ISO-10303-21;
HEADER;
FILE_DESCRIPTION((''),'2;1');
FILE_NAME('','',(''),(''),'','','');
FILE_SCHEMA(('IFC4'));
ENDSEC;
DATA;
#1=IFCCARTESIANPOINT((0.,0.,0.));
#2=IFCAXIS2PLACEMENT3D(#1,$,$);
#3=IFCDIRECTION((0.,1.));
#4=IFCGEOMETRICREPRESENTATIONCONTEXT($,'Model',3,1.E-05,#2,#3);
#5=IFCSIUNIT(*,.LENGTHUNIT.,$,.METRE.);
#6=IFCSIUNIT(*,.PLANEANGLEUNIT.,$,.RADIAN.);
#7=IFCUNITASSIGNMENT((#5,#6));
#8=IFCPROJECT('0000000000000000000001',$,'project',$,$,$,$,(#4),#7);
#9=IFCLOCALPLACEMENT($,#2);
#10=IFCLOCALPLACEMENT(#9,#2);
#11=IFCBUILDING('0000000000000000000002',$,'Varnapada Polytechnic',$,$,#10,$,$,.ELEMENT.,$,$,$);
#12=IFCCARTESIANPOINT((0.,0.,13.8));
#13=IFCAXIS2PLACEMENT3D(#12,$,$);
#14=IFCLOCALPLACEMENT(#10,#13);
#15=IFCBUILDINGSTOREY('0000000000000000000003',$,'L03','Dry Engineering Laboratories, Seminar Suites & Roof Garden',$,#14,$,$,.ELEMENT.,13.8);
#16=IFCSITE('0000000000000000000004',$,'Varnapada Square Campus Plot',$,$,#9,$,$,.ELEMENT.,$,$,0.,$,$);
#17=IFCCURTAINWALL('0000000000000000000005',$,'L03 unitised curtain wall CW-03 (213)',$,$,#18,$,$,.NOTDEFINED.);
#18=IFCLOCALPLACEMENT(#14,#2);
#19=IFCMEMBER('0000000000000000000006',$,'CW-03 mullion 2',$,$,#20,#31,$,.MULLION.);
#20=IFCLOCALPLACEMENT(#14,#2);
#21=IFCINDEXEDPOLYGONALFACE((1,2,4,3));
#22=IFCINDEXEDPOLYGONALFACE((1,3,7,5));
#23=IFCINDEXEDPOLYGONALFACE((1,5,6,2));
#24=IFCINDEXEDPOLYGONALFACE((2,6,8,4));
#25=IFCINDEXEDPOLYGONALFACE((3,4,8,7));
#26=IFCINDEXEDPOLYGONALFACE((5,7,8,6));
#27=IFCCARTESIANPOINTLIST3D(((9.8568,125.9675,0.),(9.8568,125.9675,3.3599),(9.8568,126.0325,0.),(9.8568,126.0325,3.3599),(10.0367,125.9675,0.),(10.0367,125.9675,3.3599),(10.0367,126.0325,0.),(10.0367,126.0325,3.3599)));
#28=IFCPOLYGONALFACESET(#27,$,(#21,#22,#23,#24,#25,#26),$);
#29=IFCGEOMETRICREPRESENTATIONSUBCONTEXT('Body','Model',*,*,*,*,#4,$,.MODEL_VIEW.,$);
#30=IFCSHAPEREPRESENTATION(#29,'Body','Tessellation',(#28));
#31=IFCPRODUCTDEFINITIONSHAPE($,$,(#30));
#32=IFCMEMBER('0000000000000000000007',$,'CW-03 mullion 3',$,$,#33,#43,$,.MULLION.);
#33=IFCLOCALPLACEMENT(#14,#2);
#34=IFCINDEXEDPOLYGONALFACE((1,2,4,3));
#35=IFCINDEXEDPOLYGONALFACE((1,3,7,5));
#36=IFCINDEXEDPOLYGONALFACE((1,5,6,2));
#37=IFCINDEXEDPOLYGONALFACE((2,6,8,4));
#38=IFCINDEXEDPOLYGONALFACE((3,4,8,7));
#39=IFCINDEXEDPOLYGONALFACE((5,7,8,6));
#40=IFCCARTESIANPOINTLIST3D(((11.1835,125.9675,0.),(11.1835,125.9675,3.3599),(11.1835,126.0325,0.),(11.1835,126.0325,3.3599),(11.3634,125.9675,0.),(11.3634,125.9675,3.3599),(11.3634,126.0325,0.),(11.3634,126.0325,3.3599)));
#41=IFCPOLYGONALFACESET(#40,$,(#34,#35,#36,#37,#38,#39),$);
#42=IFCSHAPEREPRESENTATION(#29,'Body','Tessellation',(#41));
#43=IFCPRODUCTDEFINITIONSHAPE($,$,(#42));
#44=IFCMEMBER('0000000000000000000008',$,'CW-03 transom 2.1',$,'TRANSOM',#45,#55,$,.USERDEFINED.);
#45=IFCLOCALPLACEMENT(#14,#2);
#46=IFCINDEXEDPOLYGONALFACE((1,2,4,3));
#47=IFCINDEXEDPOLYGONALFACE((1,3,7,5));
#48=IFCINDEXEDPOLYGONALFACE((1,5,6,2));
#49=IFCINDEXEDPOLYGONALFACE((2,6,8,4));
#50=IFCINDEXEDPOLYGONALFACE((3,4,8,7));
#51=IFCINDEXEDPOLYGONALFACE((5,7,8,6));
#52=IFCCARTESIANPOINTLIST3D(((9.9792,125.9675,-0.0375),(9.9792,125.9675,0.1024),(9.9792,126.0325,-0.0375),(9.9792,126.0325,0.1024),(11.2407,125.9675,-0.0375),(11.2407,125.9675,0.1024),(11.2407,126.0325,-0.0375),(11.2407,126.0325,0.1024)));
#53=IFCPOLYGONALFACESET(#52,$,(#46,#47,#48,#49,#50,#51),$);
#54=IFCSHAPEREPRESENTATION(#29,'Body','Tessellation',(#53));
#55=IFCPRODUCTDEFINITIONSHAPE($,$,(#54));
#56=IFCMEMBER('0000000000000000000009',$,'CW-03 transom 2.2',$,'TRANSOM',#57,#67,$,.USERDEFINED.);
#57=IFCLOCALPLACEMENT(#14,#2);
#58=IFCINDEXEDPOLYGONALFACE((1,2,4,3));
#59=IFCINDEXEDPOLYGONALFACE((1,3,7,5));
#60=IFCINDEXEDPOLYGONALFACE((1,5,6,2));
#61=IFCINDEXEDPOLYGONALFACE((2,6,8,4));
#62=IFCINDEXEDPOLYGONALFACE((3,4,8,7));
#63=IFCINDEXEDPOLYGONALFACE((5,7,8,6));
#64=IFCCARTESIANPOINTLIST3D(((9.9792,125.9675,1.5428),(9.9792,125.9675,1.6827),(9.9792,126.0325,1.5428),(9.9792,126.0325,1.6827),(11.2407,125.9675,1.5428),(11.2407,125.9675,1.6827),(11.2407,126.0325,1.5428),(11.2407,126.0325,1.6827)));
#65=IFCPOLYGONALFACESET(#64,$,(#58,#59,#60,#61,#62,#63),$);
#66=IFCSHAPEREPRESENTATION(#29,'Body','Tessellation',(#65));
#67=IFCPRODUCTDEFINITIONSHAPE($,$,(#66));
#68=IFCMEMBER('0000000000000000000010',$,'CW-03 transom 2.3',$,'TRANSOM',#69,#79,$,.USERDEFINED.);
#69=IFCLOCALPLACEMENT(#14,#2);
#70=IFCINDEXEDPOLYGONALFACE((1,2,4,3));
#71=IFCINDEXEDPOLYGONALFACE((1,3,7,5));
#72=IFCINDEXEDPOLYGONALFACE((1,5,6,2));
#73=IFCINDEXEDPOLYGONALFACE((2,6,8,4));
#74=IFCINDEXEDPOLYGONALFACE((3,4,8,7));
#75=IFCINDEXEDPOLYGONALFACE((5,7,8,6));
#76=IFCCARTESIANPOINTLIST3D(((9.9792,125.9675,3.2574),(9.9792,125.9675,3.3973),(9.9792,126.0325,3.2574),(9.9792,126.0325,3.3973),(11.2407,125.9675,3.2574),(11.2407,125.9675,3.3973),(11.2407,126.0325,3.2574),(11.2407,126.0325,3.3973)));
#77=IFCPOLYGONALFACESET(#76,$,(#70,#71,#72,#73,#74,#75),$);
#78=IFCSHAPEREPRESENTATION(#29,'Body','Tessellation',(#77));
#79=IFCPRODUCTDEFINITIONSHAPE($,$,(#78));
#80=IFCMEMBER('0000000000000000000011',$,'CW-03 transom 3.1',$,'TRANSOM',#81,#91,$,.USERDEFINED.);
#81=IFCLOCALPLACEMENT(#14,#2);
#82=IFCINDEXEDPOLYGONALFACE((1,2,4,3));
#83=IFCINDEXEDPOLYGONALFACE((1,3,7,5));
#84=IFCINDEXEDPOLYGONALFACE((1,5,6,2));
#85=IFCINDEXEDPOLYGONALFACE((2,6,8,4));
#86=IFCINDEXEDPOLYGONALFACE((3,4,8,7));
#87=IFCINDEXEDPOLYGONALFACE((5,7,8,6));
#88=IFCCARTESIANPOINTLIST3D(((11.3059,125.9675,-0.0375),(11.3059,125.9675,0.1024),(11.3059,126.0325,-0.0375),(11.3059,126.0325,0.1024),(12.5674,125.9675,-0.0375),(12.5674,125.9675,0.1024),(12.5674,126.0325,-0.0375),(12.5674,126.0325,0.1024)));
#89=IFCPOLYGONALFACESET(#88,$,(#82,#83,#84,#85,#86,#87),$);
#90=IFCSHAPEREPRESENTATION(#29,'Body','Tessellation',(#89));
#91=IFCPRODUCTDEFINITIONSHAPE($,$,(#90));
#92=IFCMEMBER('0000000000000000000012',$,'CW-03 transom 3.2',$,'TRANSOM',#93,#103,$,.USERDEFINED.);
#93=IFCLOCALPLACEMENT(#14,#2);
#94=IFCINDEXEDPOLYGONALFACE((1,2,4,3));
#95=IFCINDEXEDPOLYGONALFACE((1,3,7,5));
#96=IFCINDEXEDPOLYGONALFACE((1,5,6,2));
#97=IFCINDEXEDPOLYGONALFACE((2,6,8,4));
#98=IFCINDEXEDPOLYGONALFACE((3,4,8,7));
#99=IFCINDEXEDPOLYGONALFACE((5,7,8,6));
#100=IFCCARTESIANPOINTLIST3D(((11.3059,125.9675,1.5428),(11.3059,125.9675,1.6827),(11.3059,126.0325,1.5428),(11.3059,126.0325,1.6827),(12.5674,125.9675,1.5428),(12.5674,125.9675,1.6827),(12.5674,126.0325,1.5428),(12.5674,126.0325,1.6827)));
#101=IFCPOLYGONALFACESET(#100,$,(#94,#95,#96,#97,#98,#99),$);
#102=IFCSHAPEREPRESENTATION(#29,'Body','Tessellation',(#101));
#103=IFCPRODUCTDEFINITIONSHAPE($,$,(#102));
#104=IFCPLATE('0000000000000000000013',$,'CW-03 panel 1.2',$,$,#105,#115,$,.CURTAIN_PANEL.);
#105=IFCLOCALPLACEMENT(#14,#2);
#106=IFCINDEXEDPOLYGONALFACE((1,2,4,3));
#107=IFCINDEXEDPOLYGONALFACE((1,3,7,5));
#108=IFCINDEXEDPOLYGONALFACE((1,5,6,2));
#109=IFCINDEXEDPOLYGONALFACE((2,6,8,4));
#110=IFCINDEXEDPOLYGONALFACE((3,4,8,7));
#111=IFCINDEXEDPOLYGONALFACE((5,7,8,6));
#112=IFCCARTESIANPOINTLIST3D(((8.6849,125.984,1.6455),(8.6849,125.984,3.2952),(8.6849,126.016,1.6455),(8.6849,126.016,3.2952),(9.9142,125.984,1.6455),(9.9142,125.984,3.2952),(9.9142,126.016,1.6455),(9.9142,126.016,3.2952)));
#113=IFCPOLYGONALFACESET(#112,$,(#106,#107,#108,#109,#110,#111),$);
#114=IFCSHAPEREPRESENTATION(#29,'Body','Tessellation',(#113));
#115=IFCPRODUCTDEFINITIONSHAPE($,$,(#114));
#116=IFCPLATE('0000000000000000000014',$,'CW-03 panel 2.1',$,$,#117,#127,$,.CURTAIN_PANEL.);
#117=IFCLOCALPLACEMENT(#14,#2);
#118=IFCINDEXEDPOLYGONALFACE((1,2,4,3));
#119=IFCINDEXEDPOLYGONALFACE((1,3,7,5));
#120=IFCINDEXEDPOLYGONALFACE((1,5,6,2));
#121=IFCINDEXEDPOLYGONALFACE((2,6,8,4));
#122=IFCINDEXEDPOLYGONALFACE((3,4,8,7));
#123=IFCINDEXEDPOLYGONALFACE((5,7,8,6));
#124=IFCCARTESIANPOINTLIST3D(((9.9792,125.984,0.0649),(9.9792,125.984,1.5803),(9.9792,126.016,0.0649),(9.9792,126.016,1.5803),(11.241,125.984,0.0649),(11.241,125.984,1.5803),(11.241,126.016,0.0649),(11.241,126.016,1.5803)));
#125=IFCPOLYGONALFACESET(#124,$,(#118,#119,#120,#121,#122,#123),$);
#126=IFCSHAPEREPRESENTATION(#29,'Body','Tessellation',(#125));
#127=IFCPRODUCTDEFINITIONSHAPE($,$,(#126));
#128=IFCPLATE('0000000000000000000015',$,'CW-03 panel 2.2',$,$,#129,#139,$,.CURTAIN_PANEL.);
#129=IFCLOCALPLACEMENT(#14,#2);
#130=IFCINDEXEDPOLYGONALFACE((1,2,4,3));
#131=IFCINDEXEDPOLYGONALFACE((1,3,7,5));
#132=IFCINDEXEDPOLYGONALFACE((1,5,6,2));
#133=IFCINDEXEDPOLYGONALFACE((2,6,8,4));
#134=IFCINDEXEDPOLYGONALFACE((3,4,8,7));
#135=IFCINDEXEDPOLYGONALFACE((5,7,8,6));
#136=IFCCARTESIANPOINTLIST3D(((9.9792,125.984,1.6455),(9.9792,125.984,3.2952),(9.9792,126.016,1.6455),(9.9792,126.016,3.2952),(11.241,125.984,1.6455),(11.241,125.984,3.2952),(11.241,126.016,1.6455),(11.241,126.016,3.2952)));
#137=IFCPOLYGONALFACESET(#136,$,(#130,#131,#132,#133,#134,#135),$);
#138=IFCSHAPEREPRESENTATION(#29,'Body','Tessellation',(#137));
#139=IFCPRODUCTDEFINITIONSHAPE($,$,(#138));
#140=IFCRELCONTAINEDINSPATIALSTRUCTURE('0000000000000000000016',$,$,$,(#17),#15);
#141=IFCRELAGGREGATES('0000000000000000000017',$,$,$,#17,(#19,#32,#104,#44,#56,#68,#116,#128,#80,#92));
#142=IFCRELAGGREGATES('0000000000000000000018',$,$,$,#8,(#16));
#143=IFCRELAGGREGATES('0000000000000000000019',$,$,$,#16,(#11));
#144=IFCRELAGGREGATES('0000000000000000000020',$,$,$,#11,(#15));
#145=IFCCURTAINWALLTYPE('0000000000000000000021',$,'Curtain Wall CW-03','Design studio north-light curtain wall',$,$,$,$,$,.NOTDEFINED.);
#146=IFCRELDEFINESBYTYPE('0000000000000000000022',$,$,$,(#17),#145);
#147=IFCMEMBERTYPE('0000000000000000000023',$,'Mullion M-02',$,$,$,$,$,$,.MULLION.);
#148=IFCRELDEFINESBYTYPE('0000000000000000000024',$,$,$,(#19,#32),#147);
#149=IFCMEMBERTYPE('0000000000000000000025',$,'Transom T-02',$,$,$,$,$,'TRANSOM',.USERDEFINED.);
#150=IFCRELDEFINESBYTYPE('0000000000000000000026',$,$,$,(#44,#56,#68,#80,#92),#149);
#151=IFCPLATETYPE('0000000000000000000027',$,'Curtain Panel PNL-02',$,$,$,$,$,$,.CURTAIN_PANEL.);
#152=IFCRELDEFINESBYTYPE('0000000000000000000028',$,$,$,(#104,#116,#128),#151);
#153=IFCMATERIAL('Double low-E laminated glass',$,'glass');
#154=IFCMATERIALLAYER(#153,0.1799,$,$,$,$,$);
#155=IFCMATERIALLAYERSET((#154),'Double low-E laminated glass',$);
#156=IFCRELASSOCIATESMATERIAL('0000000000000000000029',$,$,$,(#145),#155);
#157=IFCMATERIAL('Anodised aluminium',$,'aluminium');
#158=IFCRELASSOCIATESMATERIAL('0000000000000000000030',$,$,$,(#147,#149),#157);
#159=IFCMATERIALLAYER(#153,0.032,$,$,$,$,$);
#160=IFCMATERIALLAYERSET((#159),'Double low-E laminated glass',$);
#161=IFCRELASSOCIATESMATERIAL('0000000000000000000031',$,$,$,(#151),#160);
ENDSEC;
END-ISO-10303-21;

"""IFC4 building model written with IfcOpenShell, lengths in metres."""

from ifc_helpers import new_model, si_unit, direction, frame, origin, origin_2d, place, context, subcontext, project, spatial, rectangle, extrude, material, layer, layer_set, material_profile, profile_set, type_object, element, aggregate, save


model = new_model("IFC4")

# Units and contexts
model_context = context("Model", 3, precision=1e-05, world=origin(), true_north=direction((0.0, 1.0)))
body_context = subcontext(model_context, "Body", "Model", "MODEL_VIEW")
ifc_project = project(units=[si_unit("LENGTHUNIT", "METRE"), si_unit("PLANEANGLEUNIT", "RADIAN")], contexts=[model_context])

# Site, building, storey
site_placement = place(None, origin())
site = spatial("IfcSite", under=ifc_project, at=site_placement, Name="Varnapada Square Campus Plot", CompositionType="ELEMENT", RefElevation=0.0)
building_placement = place(site_placement, origin())
building = spatial("IfcBuilding", under=site, at=building_placement, Name="Varnapada Polytechnic", CompositionType="ELEMENT")
storey_placement = place(building_placement, frame((0.0, 0.0, 13.8)))
storey = spatial("IfcBuildingStorey", under=building, at=storey_placement, Name="L03", Description="Dry Engineering Laboratories, Seminar Suites & Roof Garden", CompositionType="ELEMENT", Elevation=13.8)

# Curtain wall, members, plates
ifc_material_1 = material(Name="Double low-E laminated glass", Category="glass")
ifc_layer_1 = layer(ifc_material_1, 0.1799)
ifc_layer_set_1 = layer_set([ifc_layer_1], Name="Double low-E laminated glass")
curtain_wall_type = type_object("IfcCurtainWallType", Name="Curtain Wall CW-03", Description="Design studio north-light curtain wall", PredefinedType="NOTDEFINED", material=ifc_layer_set_1)
curtain_wall_placement = place(storey_placement, origin())
curtain_wall = element("IfcCurtainWall", 1, at=curtain_wall_placement, inside=storey, type_object=curtain_wall_type, Name="L03 unitised curtain wall CW-03 (213)", PredefinedType="NOTDEFINED")
ifc_material_2 = material(Name="Anodised aluminium", Category="aluminium")
ifc_material_profile_1 = material_profile(ifc_material_2, rectangle(XDim=0.0649, YDim=0.1799, at=origin_2d()), Name="ALU M65x180")
ifc_profile_set_1 = profile_set([ifc_material_profile_1], Name="Anodised aluminium")
member_type_1 = type_object("IfcMemberType", Name="Mullion M-02", PredefinedType="MULLION", material=ifc_profile_set_1)
member_1_placement = place(storey_placement, frame((9.9468, 126.0, 0.0), z_axis=(0.0, 0.0, 1.0), x_axis=(0.0, 1.0, 0.0)))
member_1 = element("IfcMember", 2, at=member_1_placement, type_object=member_type_1, Name="CW-03 mullion 2", PredefinedType="MULLION", context=body_context, shape_type="SweptSolid", body=[
    extrude(rectangle(XDim=0.0649, YDim=0.1799, at=origin_2d()), origin(), (0.0, 0.0, 1.0), 3.3599),
])
member_2_placement = place(storey_placement, frame((11.2734, 126.0, 0.0), z_axis=(0.0, 0.0, 1.0), x_axis=(0.0, 1.0, 0.0)))
member_2 = element("IfcMember", 3, at=member_2_placement, type_object=member_type_1, Name="CW-03 mullion 3", PredefinedType="MULLION", context=body_context, shape_type="SweptSolid", body=[
    extrude(rectangle(XDim=0.0649, YDim=0.1799, at=origin_2d()), origin(), (0.0, 0.0, 1.0), 3.3599),
])
ifc_material_profile_2 = material_profile(ifc_material_2, rectangle(XDim=0.0649, YDim=0.1399, at=origin_2d()), Name="ALU T65x140")
ifc_profile_set_2 = profile_set([ifc_material_profile_2], Name="Anodised aluminium")
member_type_2 = type_object("IfcMemberType", Name="Transom T-02", ElementType="TRANSOM", PredefinedType="USERDEFINED", material=ifc_profile_set_2)
member_3_placement = place(storey_placement, frame((9.9792, 126.0, 0.0325), z_axis=(1.0, 0.0, 0.0), x_axis=(0.0, 1.0, 0.0)))
member_3 = element("IfcMember", 4, at=member_3_placement, type_object=member_type_2, Name="CW-03 transom 2.1", ObjectType="TRANSOM", PredefinedType="USERDEFINED", context=body_context, shape_type="SweptSolid", body=[
    extrude(rectangle(XDim=0.0649, YDim=0.1399, at=origin_2d()), origin(), (0.0, 0.0, 1.0), 1.2615),
])
member_4_placement = place(storey_placement, frame((9.9792, 126.0, 1.6128), z_axis=(1.0, 0.0, 0.0), x_axis=(0.0, 1.0, 0.0)))
member_4 = element("IfcMember", 5, at=member_4_placement, type_object=member_type_2, Name="CW-03 transom 2.2", ObjectType="TRANSOM", PredefinedType="USERDEFINED", context=body_context, shape_type="SweptSolid", body=[
    extrude(rectangle(XDim=0.0649, YDim=0.1399, at=origin_2d()), origin(), (0.0, 0.0, 1.0), 1.2615),
])
member_5_placement = place(storey_placement, frame((9.9792, 126.0, 3.3274), z_axis=(1.0, 0.0, 0.0), x_axis=(0.0, 1.0, 0.0)))
member_5 = element("IfcMember", 6, at=member_5_placement, type_object=member_type_2, Name="CW-03 transom 2.3", ObjectType="TRANSOM", PredefinedType="USERDEFINED", context=body_context, shape_type="SweptSolid", body=[
    extrude(rectangle(XDim=0.0649, YDim=0.1399, at=origin_2d()), origin(), (0.0, 0.0, 1.0), 1.2615),
])
member_6_placement = place(storey_placement, frame((11.3059, 126.0, 0.0325), z_axis=(1.0, 0.0, 0.0), x_axis=(0.0, 1.0, 0.0)))
member_6 = element("IfcMember", 7, at=member_6_placement, type_object=member_type_2, Name="CW-03 transom 3.1", ObjectType="TRANSOM", PredefinedType="USERDEFINED", context=body_context, shape_type="SweptSolid", body=[
    extrude(rectangle(XDim=0.0649, YDim=0.1399, at=origin_2d()), origin(), (0.0, 0.0, 1.0), 1.2615),
])
member_7_placement = place(storey_placement, frame((11.3059, 126.0, 1.6128), z_axis=(1.0, 0.0, 0.0), x_axis=(0.0, 1.0, 0.0)))
member_7 = element("IfcMember", 8, at=member_7_placement, type_object=member_type_2, Name="CW-03 transom 3.2", ObjectType="TRANSOM", PredefinedType="USERDEFINED", context=body_context, shape_type="SweptSolid", body=[
    extrude(rectangle(XDim=0.0649, YDim=0.1399, at=origin_2d()), origin(), (0.0, 0.0, 1.0), 1.2615),
])
ifc_layer_2 = layer(ifc_material_1, 0.032)
ifc_layer_set_2 = layer_set([ifc_layer_2], Name="Double low-E laminated glass")
plate_type = type_object("IfcPlateType", Name="Curtain Panel PNL-02", PredefinedType="CURTAIN_PANEL", material=ifc_layer_set_2)
plate_1_placement = place(storey_placement, frame((9.2996, 126.0, 1.6455), z_axis=(0.0, 0.0, 1.0), x_axis=(1.0, 0.0, 0.0)))
plate_1 = element("IfcPlate", 9, at=plate_1_placement, type_object=plate_type, Name="CW-03 panel 1.2", PredefinedType="CURTAIN_PANEL", context=body_context, shape_type="SweptSolid", body=[
    extrude(rectangle(XDim=1.2292, YDim=0.032, at=origin_2d()), origin(), (0.0, 0.0, 1.0), 1.6497),
])
plate_2_placement = place(storey_placement, frame((10.6101, 126.0, 0.0649), z_axis=(0.0, 0.0, 1.0), x_axis=(1.0, 0.0, 0.0)))
plate_2 = element("IfcPlate", 10, at=plate_2_placement, type_object=plate_type, Name="CW-03 panel 2.1", PredefinedType="CURTAIN_PANEL", context=body_context, shape_type="SweptSolid", body=[
    extrude(rectangle(XDim=1.2617, YDim=0.032, at=origin_2d()), origin(), (0.0, 0.0, 1.0), 1.5154),
])
plate_3_placement = place(storey_placement, frame((10.6101, 126.0, 1.6455), z_axis=(0.0, 0.0, 1.0), x_axis=(1.0, 0.0, 0.0)))
plate_3 = element("IfcPlate", 11, at=plate_3_placement, type_object=plate_type, Name="CW-03 panel 2.2", PredefinedType="CURTAIN_PANEL", context=body_context, shape_type="SweptSolid", body=[
    extrude(rectangle(XDim=1.2617, YDim=0.032, at=origin_2d()), origin(), (0.0, 0.0, 1.0), 1.6497),
])
aggregate(curtain_wall, [member_1, member_2, plate_1, member_3, member_4, member_5, plate_2, plate_3, member_6, member_7])

save(model, "model.ifc")
